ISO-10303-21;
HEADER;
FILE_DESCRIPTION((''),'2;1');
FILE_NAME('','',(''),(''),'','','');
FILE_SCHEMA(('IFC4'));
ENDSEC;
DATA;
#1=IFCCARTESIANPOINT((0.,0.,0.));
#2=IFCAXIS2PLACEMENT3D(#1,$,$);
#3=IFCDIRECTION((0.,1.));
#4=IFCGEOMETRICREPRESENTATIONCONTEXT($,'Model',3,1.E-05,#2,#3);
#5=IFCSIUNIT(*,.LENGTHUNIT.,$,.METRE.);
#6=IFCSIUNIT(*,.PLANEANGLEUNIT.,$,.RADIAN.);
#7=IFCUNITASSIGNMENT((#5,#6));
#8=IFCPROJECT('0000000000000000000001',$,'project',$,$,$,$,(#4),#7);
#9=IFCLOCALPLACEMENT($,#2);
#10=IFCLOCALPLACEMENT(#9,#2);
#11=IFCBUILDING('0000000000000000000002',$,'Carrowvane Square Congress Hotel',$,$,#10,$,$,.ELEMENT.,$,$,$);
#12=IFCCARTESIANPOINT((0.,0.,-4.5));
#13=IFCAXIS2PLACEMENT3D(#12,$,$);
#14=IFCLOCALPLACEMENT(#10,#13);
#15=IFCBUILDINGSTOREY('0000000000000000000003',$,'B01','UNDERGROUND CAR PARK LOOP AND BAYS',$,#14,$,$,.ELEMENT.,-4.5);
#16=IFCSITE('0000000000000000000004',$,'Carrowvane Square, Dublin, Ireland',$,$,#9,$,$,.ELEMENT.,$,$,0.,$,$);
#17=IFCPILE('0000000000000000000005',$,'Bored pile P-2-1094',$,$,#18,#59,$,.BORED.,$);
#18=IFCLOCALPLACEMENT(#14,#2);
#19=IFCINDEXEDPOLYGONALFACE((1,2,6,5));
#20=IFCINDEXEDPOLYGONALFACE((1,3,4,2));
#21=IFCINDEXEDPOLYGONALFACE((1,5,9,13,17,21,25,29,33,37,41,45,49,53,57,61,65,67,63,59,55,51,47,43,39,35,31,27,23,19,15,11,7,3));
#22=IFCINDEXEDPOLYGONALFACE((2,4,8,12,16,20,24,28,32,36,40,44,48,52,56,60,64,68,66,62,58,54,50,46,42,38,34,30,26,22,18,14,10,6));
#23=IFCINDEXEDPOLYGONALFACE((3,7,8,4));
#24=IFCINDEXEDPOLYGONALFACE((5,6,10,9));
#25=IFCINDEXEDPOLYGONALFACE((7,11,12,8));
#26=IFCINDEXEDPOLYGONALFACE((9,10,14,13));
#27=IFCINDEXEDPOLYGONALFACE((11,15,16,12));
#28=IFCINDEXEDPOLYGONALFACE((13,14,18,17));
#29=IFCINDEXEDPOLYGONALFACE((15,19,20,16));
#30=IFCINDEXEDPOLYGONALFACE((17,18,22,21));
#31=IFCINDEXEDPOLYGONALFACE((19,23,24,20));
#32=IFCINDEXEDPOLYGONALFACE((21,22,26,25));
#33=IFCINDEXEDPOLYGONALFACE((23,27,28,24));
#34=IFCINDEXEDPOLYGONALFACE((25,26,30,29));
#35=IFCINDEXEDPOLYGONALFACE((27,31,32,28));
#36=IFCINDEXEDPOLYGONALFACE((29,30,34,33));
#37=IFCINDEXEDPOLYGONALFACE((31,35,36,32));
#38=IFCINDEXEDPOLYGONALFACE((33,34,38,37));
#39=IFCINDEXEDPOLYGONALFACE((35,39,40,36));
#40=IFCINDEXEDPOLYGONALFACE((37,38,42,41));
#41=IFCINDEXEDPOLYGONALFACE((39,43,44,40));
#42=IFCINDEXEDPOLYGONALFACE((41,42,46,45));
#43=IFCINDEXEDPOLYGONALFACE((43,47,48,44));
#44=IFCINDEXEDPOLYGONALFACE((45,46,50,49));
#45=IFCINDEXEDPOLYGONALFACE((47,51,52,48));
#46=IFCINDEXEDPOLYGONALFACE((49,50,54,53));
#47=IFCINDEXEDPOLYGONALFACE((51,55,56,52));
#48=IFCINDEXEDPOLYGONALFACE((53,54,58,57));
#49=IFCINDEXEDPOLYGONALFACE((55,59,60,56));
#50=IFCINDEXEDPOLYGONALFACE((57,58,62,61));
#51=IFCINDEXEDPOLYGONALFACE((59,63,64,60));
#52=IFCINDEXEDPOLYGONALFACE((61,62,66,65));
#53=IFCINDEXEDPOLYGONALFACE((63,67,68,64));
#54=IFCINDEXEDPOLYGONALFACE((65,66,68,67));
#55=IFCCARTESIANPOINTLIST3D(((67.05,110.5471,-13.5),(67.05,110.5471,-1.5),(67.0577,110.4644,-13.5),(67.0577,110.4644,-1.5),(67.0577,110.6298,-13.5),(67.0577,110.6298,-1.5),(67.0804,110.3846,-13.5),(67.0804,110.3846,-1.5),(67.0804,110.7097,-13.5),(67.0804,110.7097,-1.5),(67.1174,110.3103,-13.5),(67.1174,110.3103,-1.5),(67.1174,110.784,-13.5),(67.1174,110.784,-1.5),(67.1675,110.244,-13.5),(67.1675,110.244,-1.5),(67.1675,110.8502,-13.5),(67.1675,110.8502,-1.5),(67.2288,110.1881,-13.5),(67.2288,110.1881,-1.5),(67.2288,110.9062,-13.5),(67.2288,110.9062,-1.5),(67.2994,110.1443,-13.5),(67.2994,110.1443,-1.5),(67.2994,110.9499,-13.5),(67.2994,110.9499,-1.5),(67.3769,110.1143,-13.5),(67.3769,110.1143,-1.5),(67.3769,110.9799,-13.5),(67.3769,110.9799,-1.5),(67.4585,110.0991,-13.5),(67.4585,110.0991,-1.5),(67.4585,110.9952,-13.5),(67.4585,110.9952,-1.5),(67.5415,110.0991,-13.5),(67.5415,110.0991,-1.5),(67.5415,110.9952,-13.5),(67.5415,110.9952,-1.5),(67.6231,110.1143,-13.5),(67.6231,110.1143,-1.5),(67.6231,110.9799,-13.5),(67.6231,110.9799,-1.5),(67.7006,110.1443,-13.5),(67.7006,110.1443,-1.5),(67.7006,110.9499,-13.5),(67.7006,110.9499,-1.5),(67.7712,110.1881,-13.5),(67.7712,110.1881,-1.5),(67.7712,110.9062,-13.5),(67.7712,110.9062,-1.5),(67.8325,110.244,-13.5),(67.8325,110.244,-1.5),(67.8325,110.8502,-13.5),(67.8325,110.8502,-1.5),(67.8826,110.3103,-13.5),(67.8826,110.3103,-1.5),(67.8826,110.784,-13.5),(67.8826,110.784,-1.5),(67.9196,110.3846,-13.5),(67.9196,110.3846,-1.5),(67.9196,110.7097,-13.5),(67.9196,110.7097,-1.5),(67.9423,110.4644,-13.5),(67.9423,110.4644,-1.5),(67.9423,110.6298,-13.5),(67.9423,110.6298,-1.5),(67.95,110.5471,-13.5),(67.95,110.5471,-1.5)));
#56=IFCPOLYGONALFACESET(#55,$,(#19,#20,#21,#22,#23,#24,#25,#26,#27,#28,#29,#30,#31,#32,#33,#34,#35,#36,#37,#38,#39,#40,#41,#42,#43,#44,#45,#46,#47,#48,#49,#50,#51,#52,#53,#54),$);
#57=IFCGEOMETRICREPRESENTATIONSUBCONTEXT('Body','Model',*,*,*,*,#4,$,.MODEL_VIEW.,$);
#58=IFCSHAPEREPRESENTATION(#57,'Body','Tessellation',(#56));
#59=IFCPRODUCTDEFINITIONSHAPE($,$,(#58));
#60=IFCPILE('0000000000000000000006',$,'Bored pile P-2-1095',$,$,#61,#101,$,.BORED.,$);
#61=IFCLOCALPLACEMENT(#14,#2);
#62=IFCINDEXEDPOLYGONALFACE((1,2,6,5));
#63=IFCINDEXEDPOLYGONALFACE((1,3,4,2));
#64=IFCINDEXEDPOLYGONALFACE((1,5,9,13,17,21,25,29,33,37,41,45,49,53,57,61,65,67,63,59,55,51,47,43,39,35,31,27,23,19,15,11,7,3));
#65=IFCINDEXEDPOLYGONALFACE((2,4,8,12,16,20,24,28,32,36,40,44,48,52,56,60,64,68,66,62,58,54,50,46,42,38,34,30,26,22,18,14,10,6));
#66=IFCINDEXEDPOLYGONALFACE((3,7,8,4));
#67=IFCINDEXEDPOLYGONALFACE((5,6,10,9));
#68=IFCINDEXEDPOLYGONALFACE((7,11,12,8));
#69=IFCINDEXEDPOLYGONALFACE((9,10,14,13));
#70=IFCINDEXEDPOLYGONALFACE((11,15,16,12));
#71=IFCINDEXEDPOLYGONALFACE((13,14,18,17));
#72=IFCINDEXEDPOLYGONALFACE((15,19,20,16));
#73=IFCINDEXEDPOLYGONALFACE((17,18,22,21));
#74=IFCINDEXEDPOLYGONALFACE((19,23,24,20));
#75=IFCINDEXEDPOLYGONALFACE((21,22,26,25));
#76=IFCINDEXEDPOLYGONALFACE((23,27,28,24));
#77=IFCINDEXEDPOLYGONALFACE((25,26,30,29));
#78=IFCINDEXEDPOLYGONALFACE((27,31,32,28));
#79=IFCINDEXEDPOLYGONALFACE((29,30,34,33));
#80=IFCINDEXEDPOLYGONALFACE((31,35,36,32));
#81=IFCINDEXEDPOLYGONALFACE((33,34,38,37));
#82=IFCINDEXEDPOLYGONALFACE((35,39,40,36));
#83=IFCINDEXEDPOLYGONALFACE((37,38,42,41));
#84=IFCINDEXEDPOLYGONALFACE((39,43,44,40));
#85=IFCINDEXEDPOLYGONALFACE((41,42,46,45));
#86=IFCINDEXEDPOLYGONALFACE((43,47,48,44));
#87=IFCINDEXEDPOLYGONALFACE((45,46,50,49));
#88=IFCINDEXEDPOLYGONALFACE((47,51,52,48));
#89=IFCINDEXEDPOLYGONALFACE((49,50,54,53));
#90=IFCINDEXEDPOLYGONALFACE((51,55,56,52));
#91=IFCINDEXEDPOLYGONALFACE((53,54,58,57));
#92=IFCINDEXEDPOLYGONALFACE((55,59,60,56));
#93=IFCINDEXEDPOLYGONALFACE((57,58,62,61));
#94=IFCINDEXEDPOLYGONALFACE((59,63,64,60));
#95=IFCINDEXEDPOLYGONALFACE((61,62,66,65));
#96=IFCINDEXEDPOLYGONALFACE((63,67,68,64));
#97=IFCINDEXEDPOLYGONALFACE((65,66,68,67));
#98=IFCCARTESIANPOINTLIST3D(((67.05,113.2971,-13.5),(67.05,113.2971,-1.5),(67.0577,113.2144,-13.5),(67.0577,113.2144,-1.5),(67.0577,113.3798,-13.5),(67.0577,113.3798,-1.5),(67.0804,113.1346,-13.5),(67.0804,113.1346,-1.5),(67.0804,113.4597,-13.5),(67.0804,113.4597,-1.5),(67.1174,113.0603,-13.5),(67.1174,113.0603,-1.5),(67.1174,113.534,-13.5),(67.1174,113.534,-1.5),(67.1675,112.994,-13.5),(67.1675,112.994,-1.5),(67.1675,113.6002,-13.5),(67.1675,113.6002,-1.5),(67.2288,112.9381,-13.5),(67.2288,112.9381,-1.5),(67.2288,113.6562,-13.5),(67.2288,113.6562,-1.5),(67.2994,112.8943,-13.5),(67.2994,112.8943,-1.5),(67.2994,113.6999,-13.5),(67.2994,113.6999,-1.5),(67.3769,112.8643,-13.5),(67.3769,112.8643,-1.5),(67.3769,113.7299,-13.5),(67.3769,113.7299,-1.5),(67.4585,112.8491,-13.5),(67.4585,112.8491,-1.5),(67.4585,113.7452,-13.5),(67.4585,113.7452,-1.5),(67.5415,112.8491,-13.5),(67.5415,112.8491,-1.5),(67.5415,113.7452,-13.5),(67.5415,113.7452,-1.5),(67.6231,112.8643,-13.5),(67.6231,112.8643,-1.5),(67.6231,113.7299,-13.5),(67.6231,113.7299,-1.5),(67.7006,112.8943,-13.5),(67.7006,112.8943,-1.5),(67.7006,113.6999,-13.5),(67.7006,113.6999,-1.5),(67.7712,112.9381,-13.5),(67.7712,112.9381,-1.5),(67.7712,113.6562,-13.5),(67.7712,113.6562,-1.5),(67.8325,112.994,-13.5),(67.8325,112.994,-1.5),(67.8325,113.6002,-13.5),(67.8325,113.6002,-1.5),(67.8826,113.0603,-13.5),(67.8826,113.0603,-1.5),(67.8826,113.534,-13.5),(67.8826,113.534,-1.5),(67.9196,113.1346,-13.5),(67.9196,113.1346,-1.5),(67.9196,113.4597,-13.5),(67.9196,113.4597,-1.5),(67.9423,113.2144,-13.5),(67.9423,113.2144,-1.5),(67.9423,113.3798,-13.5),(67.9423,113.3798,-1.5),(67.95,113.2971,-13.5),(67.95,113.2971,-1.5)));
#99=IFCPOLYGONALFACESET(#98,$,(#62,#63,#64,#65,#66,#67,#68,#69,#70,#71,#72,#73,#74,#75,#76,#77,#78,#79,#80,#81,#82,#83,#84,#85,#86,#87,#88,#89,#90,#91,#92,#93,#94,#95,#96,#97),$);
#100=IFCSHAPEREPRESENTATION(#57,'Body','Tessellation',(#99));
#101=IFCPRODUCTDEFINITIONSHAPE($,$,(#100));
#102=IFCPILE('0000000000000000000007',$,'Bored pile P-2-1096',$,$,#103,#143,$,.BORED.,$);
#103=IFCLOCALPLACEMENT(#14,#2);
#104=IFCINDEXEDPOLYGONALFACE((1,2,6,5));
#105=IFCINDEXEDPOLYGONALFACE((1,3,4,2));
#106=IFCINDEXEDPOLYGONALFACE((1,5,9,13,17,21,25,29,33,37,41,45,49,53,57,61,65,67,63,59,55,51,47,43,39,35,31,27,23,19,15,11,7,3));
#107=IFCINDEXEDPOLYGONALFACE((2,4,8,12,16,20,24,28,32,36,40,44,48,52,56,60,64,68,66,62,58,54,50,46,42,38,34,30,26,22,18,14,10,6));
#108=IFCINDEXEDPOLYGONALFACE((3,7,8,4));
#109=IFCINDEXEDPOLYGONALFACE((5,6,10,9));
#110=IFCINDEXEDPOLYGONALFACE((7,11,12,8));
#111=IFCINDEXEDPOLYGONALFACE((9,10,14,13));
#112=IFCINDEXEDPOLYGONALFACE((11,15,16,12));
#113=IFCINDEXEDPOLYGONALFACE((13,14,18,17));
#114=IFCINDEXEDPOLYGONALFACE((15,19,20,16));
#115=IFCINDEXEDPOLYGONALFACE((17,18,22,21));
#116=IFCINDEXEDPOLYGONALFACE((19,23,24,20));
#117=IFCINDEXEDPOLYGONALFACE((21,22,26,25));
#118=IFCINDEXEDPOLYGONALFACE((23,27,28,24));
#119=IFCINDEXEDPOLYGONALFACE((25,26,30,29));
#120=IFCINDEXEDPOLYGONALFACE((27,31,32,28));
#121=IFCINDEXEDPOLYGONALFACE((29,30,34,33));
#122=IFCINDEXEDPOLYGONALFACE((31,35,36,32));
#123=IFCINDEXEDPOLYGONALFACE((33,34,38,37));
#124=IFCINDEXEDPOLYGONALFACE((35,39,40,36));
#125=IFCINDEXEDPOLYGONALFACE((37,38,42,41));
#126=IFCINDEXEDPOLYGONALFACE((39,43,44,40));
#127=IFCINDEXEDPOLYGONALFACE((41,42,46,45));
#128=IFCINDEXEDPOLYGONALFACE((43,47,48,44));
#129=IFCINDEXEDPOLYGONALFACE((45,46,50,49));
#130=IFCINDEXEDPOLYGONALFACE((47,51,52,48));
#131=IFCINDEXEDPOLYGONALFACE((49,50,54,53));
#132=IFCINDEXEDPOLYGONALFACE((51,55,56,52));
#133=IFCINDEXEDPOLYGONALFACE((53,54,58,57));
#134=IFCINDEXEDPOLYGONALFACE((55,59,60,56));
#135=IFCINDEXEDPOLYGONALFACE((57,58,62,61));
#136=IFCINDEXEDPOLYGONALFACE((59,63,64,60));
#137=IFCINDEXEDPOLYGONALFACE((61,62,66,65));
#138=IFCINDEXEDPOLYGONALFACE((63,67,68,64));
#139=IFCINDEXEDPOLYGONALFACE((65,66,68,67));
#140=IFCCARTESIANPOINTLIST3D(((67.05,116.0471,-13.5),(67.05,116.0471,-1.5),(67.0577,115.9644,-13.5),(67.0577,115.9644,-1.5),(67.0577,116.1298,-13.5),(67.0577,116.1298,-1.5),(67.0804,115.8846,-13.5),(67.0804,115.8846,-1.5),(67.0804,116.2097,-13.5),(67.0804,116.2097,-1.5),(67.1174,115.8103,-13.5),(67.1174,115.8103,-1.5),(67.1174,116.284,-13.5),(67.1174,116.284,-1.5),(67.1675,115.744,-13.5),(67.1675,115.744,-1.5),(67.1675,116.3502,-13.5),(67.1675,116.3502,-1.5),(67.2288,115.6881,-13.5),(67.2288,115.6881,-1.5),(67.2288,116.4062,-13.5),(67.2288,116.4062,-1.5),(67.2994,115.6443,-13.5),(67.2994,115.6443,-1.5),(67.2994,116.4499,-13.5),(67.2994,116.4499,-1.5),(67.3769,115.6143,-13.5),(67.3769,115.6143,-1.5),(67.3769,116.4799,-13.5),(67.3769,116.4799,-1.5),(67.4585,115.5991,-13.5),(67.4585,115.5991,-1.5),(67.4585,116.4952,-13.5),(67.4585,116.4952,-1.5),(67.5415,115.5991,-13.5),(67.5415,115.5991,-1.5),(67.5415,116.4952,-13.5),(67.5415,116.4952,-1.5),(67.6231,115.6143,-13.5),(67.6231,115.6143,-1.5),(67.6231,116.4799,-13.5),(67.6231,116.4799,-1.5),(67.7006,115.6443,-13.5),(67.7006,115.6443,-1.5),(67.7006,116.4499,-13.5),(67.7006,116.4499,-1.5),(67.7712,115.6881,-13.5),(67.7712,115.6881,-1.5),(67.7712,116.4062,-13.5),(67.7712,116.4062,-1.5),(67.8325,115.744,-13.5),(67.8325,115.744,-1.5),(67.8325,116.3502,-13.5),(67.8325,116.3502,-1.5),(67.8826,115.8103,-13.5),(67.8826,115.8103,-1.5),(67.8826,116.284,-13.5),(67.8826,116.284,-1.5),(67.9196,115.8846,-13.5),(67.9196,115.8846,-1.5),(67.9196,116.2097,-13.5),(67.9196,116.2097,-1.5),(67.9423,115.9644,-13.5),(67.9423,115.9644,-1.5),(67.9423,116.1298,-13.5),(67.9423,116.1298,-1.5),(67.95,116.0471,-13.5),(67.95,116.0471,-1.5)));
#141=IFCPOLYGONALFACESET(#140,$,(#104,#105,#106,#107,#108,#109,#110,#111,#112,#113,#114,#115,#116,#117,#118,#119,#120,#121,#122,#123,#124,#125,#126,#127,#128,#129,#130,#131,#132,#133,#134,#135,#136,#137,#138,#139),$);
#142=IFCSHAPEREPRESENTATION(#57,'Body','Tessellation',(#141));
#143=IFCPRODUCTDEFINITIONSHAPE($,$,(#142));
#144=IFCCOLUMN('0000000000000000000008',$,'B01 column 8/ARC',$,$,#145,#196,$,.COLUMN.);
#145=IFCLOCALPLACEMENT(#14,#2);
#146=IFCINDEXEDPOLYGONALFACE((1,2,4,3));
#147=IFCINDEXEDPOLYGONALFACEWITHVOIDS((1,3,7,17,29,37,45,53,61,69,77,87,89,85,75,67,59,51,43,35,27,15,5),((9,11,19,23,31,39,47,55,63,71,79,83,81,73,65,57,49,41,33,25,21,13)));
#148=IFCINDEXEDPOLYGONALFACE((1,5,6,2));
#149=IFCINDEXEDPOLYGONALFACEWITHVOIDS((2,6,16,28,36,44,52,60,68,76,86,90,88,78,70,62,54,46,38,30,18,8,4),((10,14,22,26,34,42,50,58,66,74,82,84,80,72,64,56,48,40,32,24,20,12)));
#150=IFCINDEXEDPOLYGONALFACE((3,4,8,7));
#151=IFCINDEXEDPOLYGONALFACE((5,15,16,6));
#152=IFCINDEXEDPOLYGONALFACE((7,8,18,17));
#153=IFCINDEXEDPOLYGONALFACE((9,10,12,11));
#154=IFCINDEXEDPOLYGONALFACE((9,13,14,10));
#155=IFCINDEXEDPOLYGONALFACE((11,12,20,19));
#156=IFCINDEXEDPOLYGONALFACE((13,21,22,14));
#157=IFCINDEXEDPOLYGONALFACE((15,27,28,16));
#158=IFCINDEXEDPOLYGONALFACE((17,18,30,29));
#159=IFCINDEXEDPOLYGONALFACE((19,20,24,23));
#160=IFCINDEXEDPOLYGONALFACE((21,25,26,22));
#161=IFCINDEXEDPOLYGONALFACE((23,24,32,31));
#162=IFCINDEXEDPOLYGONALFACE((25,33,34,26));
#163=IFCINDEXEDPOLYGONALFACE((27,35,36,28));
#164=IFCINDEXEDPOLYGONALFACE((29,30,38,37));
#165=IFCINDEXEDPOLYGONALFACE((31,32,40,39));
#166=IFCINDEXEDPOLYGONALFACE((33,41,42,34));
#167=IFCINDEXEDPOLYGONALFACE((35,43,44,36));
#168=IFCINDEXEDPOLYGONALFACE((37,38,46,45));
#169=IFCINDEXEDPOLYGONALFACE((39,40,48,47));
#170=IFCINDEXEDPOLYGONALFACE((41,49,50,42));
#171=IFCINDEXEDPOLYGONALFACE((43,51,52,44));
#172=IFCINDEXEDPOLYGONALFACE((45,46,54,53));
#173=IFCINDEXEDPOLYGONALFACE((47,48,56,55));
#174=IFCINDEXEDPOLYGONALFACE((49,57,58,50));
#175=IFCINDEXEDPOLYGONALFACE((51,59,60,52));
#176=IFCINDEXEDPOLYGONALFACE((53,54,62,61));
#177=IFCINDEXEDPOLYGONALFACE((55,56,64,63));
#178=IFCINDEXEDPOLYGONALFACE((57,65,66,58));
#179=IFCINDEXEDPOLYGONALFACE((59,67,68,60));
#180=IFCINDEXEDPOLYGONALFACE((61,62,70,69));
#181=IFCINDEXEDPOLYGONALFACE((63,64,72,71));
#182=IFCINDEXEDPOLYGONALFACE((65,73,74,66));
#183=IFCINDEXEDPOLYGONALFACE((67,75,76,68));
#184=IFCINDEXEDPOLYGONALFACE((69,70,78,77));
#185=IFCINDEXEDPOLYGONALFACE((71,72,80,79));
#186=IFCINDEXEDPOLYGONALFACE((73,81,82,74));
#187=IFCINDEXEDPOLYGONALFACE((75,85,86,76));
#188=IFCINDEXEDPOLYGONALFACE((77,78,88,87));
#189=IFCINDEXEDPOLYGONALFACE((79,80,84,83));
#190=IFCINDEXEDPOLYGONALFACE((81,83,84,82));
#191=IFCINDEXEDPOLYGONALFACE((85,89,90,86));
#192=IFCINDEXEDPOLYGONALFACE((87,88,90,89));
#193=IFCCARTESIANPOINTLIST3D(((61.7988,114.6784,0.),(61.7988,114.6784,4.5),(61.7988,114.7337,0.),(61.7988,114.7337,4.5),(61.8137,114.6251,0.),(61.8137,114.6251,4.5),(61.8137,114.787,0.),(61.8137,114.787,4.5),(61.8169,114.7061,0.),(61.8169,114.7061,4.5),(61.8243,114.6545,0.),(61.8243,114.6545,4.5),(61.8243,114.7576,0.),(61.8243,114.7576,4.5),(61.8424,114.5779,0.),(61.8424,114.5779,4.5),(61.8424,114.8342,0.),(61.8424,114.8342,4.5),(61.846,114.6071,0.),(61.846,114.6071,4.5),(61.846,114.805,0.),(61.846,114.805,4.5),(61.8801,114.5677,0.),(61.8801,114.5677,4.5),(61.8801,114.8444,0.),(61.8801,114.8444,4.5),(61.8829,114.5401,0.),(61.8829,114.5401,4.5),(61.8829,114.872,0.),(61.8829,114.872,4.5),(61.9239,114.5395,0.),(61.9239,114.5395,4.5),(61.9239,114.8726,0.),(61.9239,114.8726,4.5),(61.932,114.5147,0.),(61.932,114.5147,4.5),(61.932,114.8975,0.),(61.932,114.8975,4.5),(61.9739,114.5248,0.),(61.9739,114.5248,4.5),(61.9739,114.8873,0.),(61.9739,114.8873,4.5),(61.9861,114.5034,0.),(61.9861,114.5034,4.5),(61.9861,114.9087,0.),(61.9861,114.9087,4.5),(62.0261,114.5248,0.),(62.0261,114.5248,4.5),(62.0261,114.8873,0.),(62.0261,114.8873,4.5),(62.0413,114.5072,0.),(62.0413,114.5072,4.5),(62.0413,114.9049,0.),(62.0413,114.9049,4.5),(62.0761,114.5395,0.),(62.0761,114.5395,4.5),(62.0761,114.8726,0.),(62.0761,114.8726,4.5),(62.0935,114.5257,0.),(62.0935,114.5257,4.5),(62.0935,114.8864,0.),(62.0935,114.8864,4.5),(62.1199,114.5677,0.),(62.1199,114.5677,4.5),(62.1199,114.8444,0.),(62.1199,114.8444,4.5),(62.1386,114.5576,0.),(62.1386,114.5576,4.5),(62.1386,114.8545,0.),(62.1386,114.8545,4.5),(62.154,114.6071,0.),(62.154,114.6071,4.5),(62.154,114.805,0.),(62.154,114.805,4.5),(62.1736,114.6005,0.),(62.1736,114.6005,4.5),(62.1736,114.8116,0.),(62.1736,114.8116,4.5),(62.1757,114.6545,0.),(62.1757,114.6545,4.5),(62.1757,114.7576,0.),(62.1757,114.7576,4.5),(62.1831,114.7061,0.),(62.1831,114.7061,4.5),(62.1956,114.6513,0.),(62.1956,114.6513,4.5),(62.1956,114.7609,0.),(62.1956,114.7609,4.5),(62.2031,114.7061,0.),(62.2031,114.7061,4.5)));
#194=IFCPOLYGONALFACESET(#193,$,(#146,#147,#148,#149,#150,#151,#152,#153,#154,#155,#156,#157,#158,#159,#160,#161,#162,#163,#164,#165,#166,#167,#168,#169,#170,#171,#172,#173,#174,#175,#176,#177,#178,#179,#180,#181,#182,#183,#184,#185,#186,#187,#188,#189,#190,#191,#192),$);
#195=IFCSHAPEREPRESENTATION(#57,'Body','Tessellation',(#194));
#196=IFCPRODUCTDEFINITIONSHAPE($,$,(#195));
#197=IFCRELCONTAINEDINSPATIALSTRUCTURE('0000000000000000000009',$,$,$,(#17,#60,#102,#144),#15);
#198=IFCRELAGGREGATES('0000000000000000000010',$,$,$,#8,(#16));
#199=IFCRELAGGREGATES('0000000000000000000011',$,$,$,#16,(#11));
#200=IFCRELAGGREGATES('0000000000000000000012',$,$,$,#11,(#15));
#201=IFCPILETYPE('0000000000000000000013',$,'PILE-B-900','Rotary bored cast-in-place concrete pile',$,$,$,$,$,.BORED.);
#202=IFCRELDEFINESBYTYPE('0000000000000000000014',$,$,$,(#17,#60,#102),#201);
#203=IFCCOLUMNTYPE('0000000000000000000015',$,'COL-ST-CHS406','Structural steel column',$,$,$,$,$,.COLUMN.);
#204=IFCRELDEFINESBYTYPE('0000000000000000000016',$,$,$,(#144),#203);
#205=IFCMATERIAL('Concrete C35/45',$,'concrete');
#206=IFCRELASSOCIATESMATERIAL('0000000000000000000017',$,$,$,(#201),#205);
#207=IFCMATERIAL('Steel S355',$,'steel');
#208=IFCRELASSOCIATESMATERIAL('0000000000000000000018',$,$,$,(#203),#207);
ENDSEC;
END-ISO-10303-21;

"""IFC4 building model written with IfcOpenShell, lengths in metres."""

from ifc_helpers import new_model, si_unit, direction, frame, origin, origin_2d, place, context, subcontext, project, spatial, circle, hollow_circle, extrude, material, material_profile, profile_set, type_object, element, save


model = new_model("IFC4")

# Units and contexts
model_context = context("Model", 3, precision=1e-05, world=origin(), true_north=direction((0.0, 1.0)))
body_context = subcontext(model_context, "Body", "Model", "MODEL_VIEW")
ifc_project = project(units=[si_unit("LENGTHUNIT", "METRE"), si_unit("PLANEANGLEUNIT", "RADIAN")], contexts=[model_context])

# Site, building, storey
site_placement = place(None, origin())
site = spatial("IfcSite", under=ifc_project, at=site_placement, Name="Carrowvane Square, Dublin, Ireland", CompositionType="ELEMENT", RefElevation=0.0)
building_placement = place(site_placement, origin())
building = spatial("IfcBuilding", under=site, at=building_placement, Name="Carrowvane Square Congress Hotel", CompositionType="ELEMENT")
storey_placement = place(building_placement, frame((0.0, 0.0, -4.5)))
storey = spatial("IfcBuildingStorey", under=building, at=storey_placement, Name="B01", Description="UNDERGROUND CAR PARK LOOP AND BAYS", CompositionType="ELEMENT", Elevation=-4.5)

# Piles
ifc_material_1 = material(Name="Concrete C35/45", Category="concrete")
ifc_material_profile_1 = material_profile(ifc_material_1, circle(Radius=0.45, at=origin_2d()), Name="PILE D900")
ifc_profile_set_1 = profile_set([ifc_material_profile_1], Name="Concrete C35/45")
pile_type = type_object("IfcPileType", Name="PILE-B-900", Description="Rotary bored cast-in-place concrete pile", PredefinedType="BORED", material=ifc_profile_set_1)
for number, where, z_axis, x_axis, name in (
    (1, (67.5, 110.5471, -1.5), (0.0, 0.0, -1.0), (1.0, 0.0, 0.0), "Bored pile P-2-1094"),
    (2, (67.5, 113.2971, -1.5), (0.0, 0.0, -1.0), (1.0, 0.0, 0.0), "Bored pile P-2-1095"),
    (3, (67.5, 116.0471, -1.5), (0.0, 0.0, -1.0), (1.0, 0.0, 0.0), "Bored pile P-2-1096"),
):
    element("IfcPile", number, at=place(storey_placement, frame(where, z_axis=z_axis, x_axis=x_axis)), inside=storey, type_object=pile_type, Name=name, PredefinedType="BORED", context=body_context, shape_type="SweptSolid", body=[
        extrude(circle(Radius=0.45, at=origin_2d()), origin(), (0.0, 0.0, 1.0), 12.0),
    ])

# Column
ifc_material_2 = material(Name="Steel S355", Category="steel")
ifc_material_profile_2 = material_profile(ifc_material_2, hollow_circle(Radius=0.2031, WallThickness=0.02, at=origin_2d()), Name="CHS 406.4x20")
ifc_profile_set_2 = profile_set([ifc_material_profile_2], Name="Steel S355")
column_type = type_object("IfcColumnType", Name="COL-ST-CHS406", Description="Structural steel column", PredefinedType="COLUMN", material=ifc_profile_set_2)
column_placement = place(storey_placement, frame((62.0, 114.7061, 0.0), z_axis=(0.0, 0.0, 1.0), x_axis=(1.0, 0.0, 0.0)))
element("IfcColumn", 4, at=column_placement, inside=storey, type_object=column_type, Name="B01 column 8/ARC", PredefinedType="COLUMN", context=body_context, shape_type="SweptSolid", body=[
    extrude(hollow_circle(Radius=0.2031, WallThickness=0.02, at=origin_2d()), origin(), (0.0, 0.0, 1.0), 4.5),
])

save(model, "model.ifc")
